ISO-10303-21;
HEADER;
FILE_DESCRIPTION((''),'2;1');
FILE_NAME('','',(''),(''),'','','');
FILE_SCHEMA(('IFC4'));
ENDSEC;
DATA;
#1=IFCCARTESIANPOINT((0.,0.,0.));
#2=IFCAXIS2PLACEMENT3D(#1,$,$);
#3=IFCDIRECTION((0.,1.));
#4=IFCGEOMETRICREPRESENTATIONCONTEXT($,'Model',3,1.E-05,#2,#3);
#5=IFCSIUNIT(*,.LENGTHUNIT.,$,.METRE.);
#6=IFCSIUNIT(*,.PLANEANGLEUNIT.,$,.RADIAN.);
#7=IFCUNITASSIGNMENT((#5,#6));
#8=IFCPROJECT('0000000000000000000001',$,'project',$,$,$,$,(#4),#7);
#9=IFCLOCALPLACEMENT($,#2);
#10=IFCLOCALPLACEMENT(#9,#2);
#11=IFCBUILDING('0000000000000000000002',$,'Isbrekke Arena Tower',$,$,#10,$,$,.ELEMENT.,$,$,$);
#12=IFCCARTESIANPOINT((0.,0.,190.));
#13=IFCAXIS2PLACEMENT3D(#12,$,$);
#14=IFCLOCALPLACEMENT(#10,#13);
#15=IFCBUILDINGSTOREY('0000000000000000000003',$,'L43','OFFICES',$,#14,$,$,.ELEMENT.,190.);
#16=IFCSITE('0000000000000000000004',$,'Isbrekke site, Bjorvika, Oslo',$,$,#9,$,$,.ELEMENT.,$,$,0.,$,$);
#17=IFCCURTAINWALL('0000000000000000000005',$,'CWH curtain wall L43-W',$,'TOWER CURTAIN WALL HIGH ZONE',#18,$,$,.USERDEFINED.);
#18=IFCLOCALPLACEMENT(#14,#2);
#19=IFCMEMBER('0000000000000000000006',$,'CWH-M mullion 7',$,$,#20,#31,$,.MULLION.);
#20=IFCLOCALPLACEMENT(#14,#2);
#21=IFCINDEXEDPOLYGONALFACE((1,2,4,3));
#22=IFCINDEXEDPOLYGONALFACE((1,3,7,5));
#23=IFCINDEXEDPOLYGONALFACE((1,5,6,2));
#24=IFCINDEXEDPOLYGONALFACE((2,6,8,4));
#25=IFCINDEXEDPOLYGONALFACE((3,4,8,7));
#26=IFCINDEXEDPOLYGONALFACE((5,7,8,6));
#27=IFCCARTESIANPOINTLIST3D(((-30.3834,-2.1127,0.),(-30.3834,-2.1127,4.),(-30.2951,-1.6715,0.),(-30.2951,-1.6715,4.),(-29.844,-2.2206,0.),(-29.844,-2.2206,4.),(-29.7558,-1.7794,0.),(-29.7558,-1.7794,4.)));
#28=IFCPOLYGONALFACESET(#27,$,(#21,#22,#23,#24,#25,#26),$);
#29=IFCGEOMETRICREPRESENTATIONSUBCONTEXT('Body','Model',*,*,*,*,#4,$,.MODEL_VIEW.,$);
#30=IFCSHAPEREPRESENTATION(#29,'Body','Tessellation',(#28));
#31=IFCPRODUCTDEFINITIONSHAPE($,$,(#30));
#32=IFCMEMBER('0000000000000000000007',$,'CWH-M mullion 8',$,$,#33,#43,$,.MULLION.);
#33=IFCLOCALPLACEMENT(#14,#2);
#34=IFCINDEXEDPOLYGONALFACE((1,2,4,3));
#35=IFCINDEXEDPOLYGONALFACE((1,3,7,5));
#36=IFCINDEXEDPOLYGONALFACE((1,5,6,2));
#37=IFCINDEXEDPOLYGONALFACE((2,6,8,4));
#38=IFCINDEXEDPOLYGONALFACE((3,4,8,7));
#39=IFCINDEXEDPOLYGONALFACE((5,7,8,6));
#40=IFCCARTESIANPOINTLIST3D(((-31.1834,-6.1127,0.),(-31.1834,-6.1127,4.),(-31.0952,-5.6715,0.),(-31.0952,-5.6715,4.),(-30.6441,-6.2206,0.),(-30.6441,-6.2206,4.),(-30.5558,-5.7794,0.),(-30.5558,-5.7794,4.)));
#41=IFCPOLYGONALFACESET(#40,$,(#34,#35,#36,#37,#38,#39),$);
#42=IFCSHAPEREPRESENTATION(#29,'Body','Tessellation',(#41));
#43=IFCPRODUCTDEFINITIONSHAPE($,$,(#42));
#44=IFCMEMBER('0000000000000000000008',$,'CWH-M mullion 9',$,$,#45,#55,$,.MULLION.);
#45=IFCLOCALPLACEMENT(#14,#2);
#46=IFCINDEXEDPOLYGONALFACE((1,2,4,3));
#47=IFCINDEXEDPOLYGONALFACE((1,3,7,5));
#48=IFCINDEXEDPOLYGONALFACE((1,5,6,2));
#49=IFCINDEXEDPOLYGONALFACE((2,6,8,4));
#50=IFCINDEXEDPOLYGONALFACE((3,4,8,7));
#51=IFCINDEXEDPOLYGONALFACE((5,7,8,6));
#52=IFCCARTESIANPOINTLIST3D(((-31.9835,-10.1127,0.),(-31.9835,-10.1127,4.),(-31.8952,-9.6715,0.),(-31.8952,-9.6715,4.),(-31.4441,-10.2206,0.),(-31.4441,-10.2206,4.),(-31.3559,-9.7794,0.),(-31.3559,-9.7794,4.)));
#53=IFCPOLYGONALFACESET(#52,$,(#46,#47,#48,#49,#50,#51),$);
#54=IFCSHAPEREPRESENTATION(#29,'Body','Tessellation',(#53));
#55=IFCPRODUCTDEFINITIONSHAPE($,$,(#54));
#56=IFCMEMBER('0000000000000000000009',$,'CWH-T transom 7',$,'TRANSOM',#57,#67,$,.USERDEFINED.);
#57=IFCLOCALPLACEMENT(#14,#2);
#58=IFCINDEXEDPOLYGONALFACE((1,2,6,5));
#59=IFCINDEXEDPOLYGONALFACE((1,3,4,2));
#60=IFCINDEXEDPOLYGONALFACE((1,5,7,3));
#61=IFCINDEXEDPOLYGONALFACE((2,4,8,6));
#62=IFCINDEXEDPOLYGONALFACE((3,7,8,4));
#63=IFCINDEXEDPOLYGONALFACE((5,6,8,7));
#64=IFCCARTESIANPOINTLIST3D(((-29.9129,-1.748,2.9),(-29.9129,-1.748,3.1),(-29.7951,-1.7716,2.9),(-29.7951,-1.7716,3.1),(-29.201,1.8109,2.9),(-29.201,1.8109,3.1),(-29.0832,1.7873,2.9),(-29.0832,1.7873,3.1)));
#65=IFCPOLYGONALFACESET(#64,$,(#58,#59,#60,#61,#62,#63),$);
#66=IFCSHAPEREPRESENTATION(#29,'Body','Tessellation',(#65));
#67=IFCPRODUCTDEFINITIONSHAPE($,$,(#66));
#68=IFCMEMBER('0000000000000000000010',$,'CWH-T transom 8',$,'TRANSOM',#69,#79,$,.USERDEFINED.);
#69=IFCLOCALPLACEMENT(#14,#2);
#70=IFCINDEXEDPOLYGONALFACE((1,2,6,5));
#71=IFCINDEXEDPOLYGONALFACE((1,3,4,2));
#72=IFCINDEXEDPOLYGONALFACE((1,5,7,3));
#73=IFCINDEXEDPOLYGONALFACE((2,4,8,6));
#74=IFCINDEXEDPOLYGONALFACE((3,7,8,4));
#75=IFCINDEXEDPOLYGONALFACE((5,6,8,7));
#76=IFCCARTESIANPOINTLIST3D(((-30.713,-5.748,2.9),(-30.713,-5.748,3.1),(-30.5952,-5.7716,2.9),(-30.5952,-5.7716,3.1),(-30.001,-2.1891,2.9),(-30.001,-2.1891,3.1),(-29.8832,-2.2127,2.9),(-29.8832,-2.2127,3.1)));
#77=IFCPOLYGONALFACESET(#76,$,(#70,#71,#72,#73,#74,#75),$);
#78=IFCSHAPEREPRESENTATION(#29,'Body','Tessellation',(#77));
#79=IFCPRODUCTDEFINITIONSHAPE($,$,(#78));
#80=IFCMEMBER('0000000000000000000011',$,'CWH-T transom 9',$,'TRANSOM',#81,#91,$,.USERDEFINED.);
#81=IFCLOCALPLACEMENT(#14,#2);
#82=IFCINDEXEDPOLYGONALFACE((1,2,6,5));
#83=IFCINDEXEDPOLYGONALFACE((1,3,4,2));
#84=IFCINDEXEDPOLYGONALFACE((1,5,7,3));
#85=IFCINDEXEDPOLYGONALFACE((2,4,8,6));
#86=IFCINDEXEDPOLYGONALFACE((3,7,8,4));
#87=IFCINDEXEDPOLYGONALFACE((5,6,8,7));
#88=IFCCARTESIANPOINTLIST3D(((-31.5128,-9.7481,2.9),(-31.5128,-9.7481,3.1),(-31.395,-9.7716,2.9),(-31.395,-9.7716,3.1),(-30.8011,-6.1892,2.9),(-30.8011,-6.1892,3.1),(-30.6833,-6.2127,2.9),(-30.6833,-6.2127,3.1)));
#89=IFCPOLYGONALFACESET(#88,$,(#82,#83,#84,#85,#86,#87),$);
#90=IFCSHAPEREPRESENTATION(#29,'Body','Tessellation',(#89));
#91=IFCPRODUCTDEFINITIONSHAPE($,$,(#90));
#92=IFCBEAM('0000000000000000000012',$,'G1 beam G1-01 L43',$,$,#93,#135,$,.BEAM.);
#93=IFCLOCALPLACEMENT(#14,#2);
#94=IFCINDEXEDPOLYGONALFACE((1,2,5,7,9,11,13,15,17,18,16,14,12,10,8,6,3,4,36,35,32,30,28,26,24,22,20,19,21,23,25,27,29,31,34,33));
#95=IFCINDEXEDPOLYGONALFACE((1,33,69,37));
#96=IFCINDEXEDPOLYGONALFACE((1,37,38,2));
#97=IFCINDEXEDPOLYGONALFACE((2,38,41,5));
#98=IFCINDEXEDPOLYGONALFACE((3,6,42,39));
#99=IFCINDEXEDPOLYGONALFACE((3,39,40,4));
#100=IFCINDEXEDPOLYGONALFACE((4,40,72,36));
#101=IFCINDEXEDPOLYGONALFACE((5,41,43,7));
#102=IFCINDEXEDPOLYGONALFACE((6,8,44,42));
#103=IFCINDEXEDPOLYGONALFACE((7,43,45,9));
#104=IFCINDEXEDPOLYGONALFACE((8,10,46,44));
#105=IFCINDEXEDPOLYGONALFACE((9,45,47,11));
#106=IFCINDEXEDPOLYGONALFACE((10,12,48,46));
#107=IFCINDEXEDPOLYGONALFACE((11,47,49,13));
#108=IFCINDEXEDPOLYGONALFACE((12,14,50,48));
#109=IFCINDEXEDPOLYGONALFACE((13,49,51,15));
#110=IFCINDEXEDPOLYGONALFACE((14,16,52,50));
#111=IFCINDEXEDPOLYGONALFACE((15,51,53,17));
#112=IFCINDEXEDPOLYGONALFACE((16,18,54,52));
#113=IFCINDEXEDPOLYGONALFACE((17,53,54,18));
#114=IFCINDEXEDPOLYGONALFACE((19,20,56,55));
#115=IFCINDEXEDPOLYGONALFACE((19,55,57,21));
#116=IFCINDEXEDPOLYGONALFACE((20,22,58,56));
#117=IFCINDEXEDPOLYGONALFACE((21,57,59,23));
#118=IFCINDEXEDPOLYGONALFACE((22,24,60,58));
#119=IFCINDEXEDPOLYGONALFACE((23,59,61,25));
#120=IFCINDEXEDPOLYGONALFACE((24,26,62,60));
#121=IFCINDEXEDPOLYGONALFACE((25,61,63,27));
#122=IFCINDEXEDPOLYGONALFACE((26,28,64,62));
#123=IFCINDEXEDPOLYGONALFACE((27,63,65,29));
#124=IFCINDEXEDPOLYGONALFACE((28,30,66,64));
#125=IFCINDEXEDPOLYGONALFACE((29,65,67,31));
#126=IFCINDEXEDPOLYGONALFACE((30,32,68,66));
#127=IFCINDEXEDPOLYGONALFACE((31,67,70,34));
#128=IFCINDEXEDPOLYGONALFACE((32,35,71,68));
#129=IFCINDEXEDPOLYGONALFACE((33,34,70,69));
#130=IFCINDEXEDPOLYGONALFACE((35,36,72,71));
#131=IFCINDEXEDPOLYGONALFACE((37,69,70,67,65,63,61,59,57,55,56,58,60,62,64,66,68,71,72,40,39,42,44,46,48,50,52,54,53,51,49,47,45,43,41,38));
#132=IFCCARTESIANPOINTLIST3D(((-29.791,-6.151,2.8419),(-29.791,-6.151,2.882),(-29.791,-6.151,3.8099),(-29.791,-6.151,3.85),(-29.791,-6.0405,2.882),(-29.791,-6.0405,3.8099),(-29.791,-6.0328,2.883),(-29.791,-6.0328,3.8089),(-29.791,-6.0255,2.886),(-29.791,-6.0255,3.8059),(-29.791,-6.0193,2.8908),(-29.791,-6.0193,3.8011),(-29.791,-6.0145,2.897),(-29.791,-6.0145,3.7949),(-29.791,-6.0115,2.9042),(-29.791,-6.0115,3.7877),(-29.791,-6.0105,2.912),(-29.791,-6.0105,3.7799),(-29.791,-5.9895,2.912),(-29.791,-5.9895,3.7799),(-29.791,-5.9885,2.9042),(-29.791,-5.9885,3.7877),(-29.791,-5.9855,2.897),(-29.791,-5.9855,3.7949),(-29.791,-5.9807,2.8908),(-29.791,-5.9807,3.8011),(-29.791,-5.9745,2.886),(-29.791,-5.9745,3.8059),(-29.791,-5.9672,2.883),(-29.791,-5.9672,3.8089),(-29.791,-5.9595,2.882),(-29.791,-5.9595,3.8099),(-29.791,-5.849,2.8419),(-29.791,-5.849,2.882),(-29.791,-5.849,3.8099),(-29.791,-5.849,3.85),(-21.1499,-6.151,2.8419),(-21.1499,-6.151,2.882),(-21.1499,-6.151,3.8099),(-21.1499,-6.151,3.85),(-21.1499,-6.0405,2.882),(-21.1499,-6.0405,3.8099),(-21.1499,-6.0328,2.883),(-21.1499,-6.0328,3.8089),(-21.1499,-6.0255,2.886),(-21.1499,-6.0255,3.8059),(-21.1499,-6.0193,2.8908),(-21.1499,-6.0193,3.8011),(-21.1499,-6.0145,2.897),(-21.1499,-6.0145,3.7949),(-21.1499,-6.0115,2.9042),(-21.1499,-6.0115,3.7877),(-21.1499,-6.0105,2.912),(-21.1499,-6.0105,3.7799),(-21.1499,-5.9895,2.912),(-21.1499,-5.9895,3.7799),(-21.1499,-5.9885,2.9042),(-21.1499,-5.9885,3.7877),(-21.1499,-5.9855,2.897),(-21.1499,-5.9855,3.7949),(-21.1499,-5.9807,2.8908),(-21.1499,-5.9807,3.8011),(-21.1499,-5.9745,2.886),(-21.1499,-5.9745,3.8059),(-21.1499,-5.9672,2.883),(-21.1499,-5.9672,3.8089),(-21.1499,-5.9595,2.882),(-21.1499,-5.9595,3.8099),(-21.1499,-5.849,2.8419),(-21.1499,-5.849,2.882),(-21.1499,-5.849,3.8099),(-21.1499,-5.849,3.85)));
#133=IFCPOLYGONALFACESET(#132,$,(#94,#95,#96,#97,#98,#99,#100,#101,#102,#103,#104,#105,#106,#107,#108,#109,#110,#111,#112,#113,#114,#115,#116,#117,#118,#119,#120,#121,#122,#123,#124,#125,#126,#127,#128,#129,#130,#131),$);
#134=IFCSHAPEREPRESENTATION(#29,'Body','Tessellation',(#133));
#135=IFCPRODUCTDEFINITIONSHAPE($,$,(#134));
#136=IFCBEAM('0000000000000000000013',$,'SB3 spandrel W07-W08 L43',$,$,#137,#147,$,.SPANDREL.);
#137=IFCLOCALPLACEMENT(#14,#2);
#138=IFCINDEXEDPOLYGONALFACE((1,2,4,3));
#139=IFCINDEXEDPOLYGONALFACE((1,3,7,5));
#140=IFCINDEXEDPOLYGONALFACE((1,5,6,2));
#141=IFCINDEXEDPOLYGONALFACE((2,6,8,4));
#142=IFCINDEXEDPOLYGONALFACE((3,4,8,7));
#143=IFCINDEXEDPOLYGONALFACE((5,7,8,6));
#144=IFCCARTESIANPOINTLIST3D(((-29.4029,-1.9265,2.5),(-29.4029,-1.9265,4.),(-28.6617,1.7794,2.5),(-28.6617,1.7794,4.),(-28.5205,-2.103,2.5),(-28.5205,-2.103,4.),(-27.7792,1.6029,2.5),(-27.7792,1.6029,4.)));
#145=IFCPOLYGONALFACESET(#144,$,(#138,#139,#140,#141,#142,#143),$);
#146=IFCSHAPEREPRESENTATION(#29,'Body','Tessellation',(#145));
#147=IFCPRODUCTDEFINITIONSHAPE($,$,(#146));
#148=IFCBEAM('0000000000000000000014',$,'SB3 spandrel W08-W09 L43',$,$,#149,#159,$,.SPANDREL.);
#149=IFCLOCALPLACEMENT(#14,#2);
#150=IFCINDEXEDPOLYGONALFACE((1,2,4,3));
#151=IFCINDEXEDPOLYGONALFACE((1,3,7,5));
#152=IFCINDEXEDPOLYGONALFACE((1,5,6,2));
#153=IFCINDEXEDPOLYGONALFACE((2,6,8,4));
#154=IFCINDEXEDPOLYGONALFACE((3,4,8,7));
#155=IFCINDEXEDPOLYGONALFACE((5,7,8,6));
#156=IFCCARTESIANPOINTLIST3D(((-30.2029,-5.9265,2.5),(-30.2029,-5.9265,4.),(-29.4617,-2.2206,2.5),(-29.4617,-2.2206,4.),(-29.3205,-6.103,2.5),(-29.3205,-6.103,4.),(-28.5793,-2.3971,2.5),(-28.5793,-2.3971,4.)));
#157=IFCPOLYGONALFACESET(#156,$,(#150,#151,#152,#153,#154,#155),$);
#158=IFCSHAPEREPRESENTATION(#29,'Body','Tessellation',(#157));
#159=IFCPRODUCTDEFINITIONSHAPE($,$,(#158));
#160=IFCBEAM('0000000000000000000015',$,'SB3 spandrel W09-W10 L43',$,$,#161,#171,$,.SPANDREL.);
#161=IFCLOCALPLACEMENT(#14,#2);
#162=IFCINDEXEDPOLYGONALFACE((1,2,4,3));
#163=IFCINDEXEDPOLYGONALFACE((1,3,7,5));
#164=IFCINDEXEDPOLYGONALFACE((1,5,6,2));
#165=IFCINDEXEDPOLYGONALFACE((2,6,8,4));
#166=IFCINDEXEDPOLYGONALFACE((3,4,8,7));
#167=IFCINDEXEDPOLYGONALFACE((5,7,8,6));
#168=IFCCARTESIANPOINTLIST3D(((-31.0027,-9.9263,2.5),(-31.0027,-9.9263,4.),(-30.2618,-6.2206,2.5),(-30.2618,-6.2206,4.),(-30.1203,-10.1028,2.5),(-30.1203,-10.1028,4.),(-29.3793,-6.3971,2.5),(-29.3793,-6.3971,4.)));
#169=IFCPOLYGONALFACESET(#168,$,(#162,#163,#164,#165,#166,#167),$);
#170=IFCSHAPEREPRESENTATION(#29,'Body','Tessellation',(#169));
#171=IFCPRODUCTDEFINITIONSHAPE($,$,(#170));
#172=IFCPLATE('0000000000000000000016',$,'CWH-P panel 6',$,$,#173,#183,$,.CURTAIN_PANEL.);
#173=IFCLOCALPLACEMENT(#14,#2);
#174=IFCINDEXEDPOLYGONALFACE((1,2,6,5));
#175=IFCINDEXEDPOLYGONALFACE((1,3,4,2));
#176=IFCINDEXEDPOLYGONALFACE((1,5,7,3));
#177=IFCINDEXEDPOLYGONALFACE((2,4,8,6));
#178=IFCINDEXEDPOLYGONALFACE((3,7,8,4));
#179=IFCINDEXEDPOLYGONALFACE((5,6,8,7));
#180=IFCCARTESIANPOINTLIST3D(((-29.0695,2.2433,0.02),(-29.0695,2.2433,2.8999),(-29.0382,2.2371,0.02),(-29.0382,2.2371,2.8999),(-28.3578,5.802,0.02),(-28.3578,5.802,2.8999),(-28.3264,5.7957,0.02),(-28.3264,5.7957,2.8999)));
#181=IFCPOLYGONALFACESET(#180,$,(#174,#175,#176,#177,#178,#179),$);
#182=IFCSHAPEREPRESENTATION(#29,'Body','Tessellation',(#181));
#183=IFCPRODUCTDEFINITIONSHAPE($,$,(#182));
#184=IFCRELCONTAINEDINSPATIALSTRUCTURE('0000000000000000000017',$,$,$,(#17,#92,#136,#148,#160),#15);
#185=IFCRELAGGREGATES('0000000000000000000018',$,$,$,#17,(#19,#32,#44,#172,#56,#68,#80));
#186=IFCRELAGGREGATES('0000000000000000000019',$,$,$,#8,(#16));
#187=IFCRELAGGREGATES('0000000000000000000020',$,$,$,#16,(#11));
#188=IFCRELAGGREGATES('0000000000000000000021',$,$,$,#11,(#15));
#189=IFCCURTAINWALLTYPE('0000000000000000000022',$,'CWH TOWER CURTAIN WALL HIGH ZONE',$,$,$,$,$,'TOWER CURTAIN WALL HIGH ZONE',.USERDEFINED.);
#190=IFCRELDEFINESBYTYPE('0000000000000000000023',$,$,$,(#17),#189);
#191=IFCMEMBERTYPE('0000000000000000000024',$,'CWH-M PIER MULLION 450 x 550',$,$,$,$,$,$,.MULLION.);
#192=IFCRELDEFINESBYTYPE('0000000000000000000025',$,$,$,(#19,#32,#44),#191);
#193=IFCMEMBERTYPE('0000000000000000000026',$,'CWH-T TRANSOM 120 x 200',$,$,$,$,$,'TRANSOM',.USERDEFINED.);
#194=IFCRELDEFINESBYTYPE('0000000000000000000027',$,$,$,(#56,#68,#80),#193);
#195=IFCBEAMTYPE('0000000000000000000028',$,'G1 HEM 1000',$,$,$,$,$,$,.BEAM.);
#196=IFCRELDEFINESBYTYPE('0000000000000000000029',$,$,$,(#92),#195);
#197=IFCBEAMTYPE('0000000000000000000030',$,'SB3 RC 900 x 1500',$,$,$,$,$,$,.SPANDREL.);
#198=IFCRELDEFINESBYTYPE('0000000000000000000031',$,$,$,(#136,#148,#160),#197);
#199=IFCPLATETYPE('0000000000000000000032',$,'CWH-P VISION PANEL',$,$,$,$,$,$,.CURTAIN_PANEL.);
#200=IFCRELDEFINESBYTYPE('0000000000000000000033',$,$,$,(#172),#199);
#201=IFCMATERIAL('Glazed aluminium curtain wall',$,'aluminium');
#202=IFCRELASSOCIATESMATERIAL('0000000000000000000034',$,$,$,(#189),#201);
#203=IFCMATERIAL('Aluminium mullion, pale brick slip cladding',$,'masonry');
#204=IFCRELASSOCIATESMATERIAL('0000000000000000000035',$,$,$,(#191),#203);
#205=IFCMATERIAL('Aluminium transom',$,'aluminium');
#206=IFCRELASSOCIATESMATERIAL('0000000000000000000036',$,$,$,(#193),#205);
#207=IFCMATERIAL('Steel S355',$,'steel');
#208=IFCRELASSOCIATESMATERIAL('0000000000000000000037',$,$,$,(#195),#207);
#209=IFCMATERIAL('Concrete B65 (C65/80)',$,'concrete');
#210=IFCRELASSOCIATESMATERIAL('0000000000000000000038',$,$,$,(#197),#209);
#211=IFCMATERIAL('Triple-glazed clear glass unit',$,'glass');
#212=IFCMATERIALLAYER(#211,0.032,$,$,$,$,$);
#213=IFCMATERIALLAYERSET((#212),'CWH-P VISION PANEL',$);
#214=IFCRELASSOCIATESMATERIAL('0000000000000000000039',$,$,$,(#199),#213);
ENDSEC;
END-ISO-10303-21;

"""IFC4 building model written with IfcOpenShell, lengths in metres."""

from ifc_helpers import new_model, si_unit, direction, frame, origin, origin_2d, place, context, subcontext, project, spatial, rectangle, i_section, extrude, material, layer, layer_set, material_profile, profile_set, type_object, element, aggregate, save


model = new_model("IFC4")

# Units and contexts
model_context = context("Model", 3, precision=1e-05, world=origin(), true_north=direction((0.0, 1.0)))
body_context = subcontext(model_context, "Body", "Model", "MODEL_VIEW")
ifc_project = project(units=[si_unit("LENGTHUNIT", "METRE"), si_unit("PLANEANGLEUNIT", "RADIAN")], contexts=[model_context])

# Site, building, storey
site_placement = place(None, origin())
site = spatial("IfcSite", under=ifc_project, at=site_placement, Name="Isbrekke site, Bjorvika, Oslo", CompositionType="ELEMENT", RefElevation=0.0)
building_placement = place(site_placement, origin())
building = spatial("IfcBuilding", under=site, at=building_placement, Name="Isbrekke Arena Tower", CompositionType="ELEMENT")
storey_placement = place(building_placement, frame((0.0, 0.0, 190.0)))
storey = spatial("IfcBuildingStorey", under=building, at=storey_placement, Name="L43", Description="OFFICES", CompositionType="ELEMENT", Elevation=190.0)

# Curtain wall, members
ifc_material_1 = material(Name="Glazed aluminium curtain wall", Category="aluminium")
curtain_wall_type = type_object("IfcCurtainWallType", Name="CWH TOWER CURTAIN WALL HIGH ZONE", ElementType="TOWER CURTAIN WALL HIGH ZONE", PredefinedType="USERDEFINED", material=ifc_material_1)
curtain_wall_placement = place(storey_placement, origin())
curtain_wall = element("IfcCurtainWall", 1, at=curtain_wall_placement, inside=storey, type_object=curtain_wall_type, Name="CWH curtain wall L43-W", ObjectType="TOWER CURTAIN WALL HIGH ZONE", PredefinedType="USERDEFINED")
ifc_material_2 = material(Name="Aluminium mullion, pale brick slip cladding", Category="masonry")
ifc_material_profile_1 = material_profile(ifc_material_2, rectangle(XDim=0.45, YDim=0.55, at=origin_2d()), Name="PIER 450X550")
ifc_profile_set_1 = profile_set([ifc_material_profile_1], Name="Aluminium mullion, pale brick slip cladding")
member_type_1 = type_object("IfcMemberType", Name="CWH-M PIER MULLION 450 x 550", PredefinedType="MULLION", material=ifc_profile_set_1)
member_1_placement = place(storey_placement, frame((-30.0696, -1.946, 0.0), z_axis=(0.0, 0.0, 1.0), x_axis=(-0.196116, -0.980581, 0.0)))
member_1 = element("IfcMember", 2, at=member_1_placement, type_object=member_type_1, Name="CWH-M mullion 7", PredefinedType="MULLION", context=body_context, shape_type="SweptSolid", body=[
    extrude(rectangle(XDim=0.45, YDim=0.55, at=origin_2d()), origin(), (0.0, 0.0, 1.0), 4.0),
])
member_2_placement = place(storey_placement, frame((-30.8696, -5.946, 0.0), z_axis=(0.0, 0.0, 1.0), x_axis=(-0.196116, -0.980581, 0.0)))
member_2 = element("IfcMember", 3, at=member_2_placement, type_object=member_type_1, Name="CWH-M mullion 8", PredefinedType="MULLION", context=body_context, shape_type="SweptSolid", body=[
    extrude(rectangle(XDim=0.45, YDim=0.55, at=origin_2d()), origin(), (0.0, 0.0, 1.0), 4.0),
])
member_3_placement = place(storey_placement, frame((-31.6697, -9.946, 0.0), z_axis=(0.0, 0.0, 1.0), x_axis=(-0.196116, -0.980581, 0.0)))
member_3 = element("IfcMember", 4, at=member_3_placement, type_object=member_type_1, Name="CWH-M mullion 9", PredefinedType="MULLION", context=body_context, shape_type="SweptSolid", body=[
    extrude(rectangle(XDim=0.45, YDim=0.55, at=origin_2d()), origin(), (0.0, 0.0, 1.0), 4.0),
])
ifc_material_3 = material(Name="Aluminium transom", Category="aluminium")
ifc_material_profile_2 = material_profile(ifc_material_3, rectangle(XDim=0.1201, YDim=0.2, at=origin_2d()), Name="TRANSOM 120X200")
ifc_profile_set_2 = profile_set([ifc_material_profile_2], Name="Aluminium transom")
member_type_2 = type_object("IfcMemberType", Name="CWH-T TRANSOM 120 x 200", ElementType="TRANSOM", PredefinedType="USERDEFINED", material=ifc_profile_set_2)
member_4_placement = place(storey_placement, frame((-29.1421, 1.7991, 3.0), z_axis=(-0.196155, -0.980573, 0.0), x_axis=(0.980573, -0.196155, 0.0)))
member_4 = element("IfcMember", 5, at=member_4_placement, type_object=member_type_2, Name="CWH-T transom 7", ObjectType="TRANSOM", PredefinedType="USERDEFINED", context=body_context, shape_type="SweptSolid", body=[
    extrude(rectangle(XDim=0.1201, YDim=0.2, at=origin_2d()), origin(), (0.0, 0.0, 1.0), 3.6294),
])
member_5_placement = place(storey_placement, frame((-29.9421, -2.2009, 3.0), z_axis=(-0.196155, -0.980573, 0.0), x_axis=(0.980573, -0.196155, 0.0)))
member_5 = element("IfcMember", 6, at=member_5_placement, type_object=member_type_2, Name="CWH-T transom 8", ObjectType="TRANSOM", PredefinedType="USERDEFINED", context=body_context, shape_type="SweptSolid", body=[
    extrude(rectangle(XDim=0.1201, YDim=0.2, at=origin_2d()), origin(), (0.0, 0.0, 1.0), 3.6294),
])
member_6_placement = place(storey_placement, frame((-30.7422, -6.2009, 3.0), z_axis=(-0.19609, -0.980586, 0.0), x_axis=(0.980586, -0.19609, 0.0)))
member_6 = element("IfcMember", 7, at=member_6_placement, type_object=member_type_2, Name="CWH-T transom 9", ObjectType="TRANSOM", PredefinedType="USERDEFINED", context=body_context, shape_type="SweptSolid", body=[
    extrude(rectangle(XDim=0.1201, YDim=0.2, at=origin_2d()), origin(), (0.0, 0.0, 1.0), 3.6294),
])

# Beams
ifc_material_4 = material(Name="Steel S355", Category="steel")
ifc_material_profile_3 = material_profile(ifc_material_4, i_section(OverallWidth=0.302, OverallDepth=1.0081, WebThickness=0.021, FlangeThickness=0.04, FilletRadius=0.03, at=origin_2d()), Name="HEM 1000")
ifc_profile_set_3 = profile_set([ifc_material_profile_3], Name="Steel S355")
beam_type_1 = type_object("IfcBeamType", Name="G1 HEM 1000", PredefinedType="BEAM", material=ifc_profile_set_3)
beam_1_placement = place(storey_placement, frame((-29.791, -6.0, 3.3459), z_axis=(1.0, 0.0, 0.0), x_axis=(0.0, 1.0, 0.0)))
element("IfcBeam", 8, at=beam_1_placement, inside=storey, type_object=beam_type_1, Name="G1 beam G1-01 L43", PredefinedType="BEAM", context=body_context, shape_type="SweptSolid", body=[
    extrude(i_section(OverallWidth=0.302, OverallDepth=1.0081, WebThickness=0.021, FlangeThickness=0.04, FilletRadius=0.03, at=origin_2d()), origin(), (0.0, 0.0, 1.0), 8.6411),
])
ifc_material_5 = material(Name="Concrete B65 (C65/80)", Category="concrete")
ifc_material_profile_4 = material_profile(ifc_material_5, rectangle(XDim=0.8999, YDim=1.5, at=origin_2d()), Name="RC 900x1500")
ifc_profile_set_4 = profile_set([ifc_material_profile_4], Name="Concrete B65 (C65/80)")
beam_type_2 = type_object("IfcBeamType", Name="SB3 RC 900 x 1500", PredefinedType="SPANDREL", material=ifc_profile_set_4)
for number, where, z_axis, x_axis, name in (
    (9, (-28.2205, 1.6912, 3.25), (-0.196129, -0.980578, 0.0), (0.980578, -0.196129, 0.0), "SB3 spandrel W07-W08 L43"),
    (10, (-29.0205, -2.3088, 3.25), (-0.196129, -0.980578, 0.0), (0.980578, -0.196129, 0.0), "SB3 spandrel W08-W09 L43"),
):
    element("IfcBeam", number, at=place(storey_placement, frame(where, z_axis=z_axis, x_axis=x_axis)), inside=storey, type_object=beam_type_2, Name=name, PredefinedType="SPANDREL", context=body_context, shape_type="SweptSolid", body=[
        extrude(rectangle(XDim=0.8999, YDim=1.5, at=origin_2d()), origin(), (0.0, 0.0, 1.0), 3.7793),
    ])
beam_2_placement = place(storey_placement, frame((-29.8206, -6.3088, 3.25), z_axis=(-0.196066, -0.980591, 0.0), x_axis=(0.980591, -0.196066, 0.0)))
element("IfcBeam", 11, at=beam_2_placement, inside=storey, type_object=beam_type_2, Name="SB3 spandrel W09-W10 L43", PredefinedType="SPANDREL", context=body_context, shape_type="SweptSolid", body=[
    extrude(rectangle(XDim=0.8999, YDim=1.5, at=origin_2d()), origin(), (0.0, 0.0, 1.0), 3.7791),
])

# Plate
ifc_material_6 = material(Name="Triple-glazed clear glass unit", Category="glass")
ifc_layer_1 = layer(ifc_material_6, 0.032)
ifc_layer_set_1 = layer_set([ifc_layer_1], Name="CWH-P VISION PANEL")
plate_type = type_object("IfcPlateType", Name="CWH-P VISION PANEL", PredefinedType="CURTAIN_PANEL", material=ifc_layer_set_1)
plate_1_placement = place(storey_placement, frame((-28.698, 4.0195, 0.02), z_axis=(0.0, 0.0, 1.0), x_axis=(-0.196116, -0.980581, 0.0)))
plate_1 = element("IfcPlate", 12, at=plate_1_placement, type_object=plate_type, Name="CWH-P panel 6", PredefinedType="CURTAIN_PANEL", context=body_context, shape_type="SweptSolid", body=[
    extrude(rectangle(XDim=3.6292, YDim=0.032, at=origin_2d()), origin(), (0.0, 0.0, 1.0), 2.8799),
])
aggregate(curtain_wall, [member_1, member_2, member_3, plate_1, member_4, member_5, member_6])

save(model, "model.ifc")
